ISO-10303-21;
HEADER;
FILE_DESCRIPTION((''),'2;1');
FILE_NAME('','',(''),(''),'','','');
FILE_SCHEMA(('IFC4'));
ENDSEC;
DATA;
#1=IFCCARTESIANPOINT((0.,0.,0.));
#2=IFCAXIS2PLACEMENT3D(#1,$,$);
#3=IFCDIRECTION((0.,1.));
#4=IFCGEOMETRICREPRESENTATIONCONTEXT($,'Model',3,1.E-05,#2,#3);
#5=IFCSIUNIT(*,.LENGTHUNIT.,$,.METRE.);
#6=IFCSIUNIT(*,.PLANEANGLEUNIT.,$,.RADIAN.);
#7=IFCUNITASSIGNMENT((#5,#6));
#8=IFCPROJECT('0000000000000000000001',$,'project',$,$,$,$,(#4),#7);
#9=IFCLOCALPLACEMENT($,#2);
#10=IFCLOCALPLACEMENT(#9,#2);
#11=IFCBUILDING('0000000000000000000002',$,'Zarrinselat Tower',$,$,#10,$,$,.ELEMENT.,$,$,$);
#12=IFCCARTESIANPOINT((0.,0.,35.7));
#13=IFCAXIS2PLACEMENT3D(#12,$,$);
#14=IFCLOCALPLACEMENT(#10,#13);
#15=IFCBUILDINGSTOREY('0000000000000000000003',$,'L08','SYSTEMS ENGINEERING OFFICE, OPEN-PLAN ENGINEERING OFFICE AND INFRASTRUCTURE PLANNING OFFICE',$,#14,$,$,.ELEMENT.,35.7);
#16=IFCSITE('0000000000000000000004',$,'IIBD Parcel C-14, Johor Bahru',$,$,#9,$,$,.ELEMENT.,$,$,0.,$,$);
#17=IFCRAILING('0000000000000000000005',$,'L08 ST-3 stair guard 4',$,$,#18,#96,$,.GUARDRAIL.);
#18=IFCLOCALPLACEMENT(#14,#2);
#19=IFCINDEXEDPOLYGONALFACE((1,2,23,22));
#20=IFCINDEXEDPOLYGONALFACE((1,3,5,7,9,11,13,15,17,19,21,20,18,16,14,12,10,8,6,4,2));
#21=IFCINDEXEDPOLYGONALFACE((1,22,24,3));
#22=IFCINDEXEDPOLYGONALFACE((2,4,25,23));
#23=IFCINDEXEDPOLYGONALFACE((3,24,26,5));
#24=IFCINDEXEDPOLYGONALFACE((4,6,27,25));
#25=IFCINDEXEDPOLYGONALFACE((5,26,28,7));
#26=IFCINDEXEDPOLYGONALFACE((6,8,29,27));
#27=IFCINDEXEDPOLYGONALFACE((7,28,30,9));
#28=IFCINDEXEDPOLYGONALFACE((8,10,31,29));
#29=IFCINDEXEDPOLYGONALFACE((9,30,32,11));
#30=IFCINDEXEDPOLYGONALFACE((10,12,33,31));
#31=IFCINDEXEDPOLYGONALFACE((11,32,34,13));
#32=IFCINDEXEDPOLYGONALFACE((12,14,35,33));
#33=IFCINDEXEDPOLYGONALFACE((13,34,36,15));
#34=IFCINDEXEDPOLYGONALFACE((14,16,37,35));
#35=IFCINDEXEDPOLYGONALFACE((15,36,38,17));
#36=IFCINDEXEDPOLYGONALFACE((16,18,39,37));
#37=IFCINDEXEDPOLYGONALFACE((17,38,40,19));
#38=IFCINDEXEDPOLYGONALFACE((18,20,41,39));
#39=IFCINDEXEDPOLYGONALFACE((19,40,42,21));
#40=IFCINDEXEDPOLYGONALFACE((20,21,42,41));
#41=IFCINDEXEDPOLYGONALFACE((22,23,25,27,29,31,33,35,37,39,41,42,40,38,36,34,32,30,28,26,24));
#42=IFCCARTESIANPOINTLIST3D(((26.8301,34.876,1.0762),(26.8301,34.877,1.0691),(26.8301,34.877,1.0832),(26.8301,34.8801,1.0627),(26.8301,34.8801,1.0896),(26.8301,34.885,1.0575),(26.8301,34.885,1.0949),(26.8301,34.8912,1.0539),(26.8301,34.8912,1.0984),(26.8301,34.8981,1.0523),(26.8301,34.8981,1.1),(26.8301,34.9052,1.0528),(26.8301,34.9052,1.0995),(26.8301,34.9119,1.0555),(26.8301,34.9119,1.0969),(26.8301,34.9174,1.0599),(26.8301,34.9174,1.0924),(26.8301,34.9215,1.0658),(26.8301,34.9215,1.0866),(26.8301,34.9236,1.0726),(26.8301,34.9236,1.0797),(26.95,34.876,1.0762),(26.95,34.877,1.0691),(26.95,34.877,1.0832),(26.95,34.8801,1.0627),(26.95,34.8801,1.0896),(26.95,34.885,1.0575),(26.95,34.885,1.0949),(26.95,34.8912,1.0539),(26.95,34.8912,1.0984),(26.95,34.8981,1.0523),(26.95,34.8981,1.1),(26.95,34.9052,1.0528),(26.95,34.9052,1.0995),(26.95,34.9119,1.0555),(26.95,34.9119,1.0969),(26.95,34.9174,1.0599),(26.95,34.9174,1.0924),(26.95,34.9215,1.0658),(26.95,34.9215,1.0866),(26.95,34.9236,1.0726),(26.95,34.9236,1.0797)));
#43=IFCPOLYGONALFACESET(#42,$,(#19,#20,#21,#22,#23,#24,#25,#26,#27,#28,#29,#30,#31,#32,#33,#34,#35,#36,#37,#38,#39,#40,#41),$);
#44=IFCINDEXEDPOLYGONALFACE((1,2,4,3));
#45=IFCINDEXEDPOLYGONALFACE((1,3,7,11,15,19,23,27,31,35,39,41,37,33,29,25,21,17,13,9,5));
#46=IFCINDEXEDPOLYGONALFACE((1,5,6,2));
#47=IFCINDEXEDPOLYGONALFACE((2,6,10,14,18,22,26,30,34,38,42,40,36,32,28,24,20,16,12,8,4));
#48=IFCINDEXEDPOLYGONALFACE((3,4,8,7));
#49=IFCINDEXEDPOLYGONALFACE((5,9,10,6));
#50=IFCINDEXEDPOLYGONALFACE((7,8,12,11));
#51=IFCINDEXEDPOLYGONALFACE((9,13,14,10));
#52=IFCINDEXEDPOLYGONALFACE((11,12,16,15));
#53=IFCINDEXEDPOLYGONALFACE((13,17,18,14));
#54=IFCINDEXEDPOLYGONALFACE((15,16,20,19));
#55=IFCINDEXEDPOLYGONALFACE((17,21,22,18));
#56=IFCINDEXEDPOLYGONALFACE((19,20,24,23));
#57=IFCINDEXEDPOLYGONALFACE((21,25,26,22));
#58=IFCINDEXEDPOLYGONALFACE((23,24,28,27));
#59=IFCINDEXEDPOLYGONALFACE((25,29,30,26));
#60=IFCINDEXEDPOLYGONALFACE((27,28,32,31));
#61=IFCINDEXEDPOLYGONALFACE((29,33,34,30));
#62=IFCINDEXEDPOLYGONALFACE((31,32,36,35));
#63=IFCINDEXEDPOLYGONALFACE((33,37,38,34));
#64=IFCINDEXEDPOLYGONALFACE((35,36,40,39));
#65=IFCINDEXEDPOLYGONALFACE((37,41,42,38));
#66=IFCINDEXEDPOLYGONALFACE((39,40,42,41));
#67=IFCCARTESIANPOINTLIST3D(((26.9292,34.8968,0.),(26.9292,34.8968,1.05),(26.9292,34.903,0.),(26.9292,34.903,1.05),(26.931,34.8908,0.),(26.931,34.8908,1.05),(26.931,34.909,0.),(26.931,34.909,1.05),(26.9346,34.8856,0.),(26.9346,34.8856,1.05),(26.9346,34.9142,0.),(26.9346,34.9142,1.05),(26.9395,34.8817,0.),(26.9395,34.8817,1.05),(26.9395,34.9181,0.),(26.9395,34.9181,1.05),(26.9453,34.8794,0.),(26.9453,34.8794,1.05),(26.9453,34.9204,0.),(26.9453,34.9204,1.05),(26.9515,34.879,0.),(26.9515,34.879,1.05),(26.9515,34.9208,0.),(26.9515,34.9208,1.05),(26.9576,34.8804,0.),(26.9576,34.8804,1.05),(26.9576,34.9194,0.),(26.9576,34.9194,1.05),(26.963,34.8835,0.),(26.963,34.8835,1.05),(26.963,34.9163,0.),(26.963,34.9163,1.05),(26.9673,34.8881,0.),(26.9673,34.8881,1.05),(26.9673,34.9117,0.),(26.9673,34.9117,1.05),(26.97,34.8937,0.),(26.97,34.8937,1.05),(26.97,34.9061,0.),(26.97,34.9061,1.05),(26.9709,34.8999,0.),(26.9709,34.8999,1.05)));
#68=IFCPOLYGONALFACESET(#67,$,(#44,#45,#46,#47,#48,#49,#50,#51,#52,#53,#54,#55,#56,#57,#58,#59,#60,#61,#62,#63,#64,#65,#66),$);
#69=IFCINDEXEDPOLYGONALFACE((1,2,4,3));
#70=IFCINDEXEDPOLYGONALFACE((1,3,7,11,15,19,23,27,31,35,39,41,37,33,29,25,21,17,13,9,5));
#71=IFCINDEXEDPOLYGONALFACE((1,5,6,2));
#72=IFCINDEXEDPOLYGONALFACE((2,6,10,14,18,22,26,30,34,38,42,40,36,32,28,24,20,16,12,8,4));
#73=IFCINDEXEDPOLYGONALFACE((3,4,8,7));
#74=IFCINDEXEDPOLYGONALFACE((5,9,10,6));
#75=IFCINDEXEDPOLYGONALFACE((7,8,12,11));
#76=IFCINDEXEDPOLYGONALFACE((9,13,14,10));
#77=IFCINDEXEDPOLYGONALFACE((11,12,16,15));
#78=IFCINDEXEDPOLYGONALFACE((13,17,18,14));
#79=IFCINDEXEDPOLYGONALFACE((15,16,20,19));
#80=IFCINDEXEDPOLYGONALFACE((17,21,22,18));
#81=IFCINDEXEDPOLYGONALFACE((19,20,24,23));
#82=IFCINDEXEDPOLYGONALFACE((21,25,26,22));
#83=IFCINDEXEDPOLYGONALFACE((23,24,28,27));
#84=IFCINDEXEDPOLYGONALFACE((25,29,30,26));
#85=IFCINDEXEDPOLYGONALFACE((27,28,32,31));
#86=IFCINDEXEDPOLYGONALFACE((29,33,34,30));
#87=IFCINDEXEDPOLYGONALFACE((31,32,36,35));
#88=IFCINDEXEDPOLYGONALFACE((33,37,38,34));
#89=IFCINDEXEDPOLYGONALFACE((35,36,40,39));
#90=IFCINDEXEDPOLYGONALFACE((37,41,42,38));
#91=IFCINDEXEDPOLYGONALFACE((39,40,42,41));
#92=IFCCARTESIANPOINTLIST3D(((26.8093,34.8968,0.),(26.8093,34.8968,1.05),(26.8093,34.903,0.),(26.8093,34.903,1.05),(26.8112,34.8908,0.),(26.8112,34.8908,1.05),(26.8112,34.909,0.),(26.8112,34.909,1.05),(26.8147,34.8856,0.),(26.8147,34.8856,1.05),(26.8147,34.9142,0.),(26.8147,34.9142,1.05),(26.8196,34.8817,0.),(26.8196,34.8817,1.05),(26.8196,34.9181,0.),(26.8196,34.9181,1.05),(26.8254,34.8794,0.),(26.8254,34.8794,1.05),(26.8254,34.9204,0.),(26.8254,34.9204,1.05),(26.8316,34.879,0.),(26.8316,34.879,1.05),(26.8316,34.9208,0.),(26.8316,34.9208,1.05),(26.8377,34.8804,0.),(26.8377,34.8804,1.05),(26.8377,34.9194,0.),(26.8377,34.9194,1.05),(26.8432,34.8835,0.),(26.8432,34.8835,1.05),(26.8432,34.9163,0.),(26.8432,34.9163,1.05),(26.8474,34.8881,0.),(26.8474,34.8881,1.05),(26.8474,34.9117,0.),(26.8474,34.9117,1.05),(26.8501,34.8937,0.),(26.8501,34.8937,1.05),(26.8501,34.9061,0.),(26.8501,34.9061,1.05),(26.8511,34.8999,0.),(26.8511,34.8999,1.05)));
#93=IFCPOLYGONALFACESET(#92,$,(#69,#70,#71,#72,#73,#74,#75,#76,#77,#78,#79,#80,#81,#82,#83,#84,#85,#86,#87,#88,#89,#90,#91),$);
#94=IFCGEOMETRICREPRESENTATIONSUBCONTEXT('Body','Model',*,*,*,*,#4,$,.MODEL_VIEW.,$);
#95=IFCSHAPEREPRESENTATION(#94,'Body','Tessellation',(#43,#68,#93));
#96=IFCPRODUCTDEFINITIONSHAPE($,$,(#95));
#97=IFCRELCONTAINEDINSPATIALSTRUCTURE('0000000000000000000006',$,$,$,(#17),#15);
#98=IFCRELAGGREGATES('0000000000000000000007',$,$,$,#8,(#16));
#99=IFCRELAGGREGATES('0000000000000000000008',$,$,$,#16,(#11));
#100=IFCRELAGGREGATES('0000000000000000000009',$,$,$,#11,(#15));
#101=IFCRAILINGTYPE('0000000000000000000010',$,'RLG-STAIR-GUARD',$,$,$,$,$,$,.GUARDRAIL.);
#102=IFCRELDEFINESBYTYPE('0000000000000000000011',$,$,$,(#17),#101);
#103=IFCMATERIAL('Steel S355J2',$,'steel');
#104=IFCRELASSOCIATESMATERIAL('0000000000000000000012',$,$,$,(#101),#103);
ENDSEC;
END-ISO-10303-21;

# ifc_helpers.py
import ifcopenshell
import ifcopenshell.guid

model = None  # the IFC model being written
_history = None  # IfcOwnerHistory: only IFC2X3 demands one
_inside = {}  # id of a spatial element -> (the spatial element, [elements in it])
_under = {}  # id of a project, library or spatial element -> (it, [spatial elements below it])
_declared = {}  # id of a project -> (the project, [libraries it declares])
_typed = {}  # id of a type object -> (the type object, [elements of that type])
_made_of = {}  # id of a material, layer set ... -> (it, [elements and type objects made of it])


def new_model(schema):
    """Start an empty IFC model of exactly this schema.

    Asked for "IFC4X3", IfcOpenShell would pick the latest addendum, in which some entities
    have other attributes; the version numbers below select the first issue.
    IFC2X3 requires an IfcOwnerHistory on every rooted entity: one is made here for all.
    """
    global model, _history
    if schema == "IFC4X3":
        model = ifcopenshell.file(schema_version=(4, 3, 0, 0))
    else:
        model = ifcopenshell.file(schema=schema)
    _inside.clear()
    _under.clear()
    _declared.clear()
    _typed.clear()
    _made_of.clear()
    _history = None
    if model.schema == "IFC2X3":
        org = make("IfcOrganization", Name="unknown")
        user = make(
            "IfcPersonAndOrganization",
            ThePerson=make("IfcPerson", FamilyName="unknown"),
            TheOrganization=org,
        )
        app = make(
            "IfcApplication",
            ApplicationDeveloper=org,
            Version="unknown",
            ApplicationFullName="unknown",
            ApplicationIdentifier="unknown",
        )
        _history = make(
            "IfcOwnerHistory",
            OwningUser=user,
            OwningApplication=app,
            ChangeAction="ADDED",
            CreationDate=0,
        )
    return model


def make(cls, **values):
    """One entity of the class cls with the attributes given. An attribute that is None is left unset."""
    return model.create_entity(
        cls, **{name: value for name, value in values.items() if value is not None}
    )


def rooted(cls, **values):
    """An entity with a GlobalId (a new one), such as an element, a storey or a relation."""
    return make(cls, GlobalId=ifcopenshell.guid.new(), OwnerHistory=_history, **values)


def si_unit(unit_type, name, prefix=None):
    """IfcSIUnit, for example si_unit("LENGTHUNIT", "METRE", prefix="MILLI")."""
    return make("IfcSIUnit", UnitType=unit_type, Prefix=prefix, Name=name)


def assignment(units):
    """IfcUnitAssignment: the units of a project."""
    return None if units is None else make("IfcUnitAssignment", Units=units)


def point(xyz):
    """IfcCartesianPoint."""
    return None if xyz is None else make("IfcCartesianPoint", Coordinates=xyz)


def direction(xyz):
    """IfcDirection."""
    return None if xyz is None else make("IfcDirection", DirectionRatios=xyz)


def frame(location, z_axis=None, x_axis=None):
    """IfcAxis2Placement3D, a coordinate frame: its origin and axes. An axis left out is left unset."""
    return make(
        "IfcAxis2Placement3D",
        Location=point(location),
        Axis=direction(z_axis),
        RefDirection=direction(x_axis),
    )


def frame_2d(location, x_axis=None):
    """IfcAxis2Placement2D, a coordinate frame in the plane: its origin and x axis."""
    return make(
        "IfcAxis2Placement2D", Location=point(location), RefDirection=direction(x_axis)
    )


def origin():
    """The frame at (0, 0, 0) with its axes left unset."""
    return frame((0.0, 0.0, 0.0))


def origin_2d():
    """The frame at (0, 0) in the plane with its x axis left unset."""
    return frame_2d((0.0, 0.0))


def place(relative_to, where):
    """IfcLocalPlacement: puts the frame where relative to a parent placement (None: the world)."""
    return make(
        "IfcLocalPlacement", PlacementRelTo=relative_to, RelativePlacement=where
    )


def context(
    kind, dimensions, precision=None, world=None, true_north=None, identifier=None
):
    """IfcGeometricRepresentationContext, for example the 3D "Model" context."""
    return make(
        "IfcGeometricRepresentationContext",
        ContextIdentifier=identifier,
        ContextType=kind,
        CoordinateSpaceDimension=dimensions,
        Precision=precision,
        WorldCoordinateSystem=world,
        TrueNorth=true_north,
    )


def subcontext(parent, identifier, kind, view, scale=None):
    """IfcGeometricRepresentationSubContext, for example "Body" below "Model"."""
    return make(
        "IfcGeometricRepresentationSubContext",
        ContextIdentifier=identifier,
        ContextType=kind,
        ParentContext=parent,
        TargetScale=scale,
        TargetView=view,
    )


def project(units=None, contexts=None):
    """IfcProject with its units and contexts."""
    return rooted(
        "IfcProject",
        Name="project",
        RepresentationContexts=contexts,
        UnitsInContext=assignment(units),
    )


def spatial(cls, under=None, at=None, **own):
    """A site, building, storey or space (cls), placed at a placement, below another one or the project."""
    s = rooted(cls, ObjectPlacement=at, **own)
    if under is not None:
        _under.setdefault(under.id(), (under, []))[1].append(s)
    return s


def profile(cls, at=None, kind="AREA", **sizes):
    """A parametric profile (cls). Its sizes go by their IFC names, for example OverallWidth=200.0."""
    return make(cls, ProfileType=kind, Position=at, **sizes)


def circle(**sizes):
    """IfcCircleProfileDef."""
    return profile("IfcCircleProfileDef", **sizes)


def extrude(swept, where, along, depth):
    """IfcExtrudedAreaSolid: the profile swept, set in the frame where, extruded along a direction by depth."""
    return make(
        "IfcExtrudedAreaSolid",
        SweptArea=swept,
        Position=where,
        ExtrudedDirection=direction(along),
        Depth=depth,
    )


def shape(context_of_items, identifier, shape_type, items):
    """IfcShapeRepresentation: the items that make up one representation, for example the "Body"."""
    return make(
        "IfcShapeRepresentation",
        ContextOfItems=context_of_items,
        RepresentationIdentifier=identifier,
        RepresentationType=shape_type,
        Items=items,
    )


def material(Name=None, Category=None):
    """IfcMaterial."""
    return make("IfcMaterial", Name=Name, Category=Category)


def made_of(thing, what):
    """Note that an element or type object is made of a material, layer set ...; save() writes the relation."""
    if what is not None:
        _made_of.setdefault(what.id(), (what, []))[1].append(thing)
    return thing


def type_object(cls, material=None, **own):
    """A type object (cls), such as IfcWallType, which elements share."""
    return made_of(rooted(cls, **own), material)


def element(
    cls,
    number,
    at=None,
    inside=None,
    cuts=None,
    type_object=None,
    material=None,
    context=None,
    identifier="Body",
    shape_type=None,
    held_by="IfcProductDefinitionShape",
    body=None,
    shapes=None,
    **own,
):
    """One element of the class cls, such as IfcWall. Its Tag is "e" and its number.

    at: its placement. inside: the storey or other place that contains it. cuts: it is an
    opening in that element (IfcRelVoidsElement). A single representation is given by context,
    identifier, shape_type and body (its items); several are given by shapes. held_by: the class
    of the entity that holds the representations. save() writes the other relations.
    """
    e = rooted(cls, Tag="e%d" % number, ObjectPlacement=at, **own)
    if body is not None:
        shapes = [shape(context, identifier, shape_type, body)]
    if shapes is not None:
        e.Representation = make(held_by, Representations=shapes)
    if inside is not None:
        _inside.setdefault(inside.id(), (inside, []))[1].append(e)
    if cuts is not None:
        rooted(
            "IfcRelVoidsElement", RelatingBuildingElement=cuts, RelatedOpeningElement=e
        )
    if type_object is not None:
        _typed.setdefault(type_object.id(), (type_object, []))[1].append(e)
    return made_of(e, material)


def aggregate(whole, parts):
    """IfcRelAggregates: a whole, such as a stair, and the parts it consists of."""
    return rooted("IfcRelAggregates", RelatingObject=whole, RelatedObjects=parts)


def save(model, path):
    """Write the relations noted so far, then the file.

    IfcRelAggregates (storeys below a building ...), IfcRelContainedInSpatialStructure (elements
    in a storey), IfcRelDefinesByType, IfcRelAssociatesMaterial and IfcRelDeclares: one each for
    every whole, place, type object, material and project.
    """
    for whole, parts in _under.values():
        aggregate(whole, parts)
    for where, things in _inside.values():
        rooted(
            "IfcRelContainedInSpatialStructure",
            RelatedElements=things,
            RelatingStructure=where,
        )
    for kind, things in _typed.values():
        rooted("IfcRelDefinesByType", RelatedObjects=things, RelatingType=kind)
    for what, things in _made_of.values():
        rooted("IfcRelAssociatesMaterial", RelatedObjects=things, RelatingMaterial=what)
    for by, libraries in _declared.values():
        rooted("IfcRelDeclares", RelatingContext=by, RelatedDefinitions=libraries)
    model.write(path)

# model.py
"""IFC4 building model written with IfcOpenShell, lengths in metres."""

from ifc_helpers import new_model, si_unit, direction, frame, origin, origin_2d, place, context, subcontext, project, spatial, circle, extrude, material, type_object, element, save


model = new_model("IFC4")

# Units and contexts
model_context = context("Model", 3, precision=1e-05, world=origin(), true_north=direction((0.0, 1.0)))
body_context = subcontext(model_context, "Body", "Model", "MODEL_VIEW")
ifc_project = project(units=[si_unit("LENGTHUNIT", "METRE"), si_unit("PLANEANGLEUNIT", "RADIAN")], contexts=[model_context])

# Site, building, storey
site_placement = place(None, origin())
site = spatial("IfcSite", under=ifc_project, at=site_placement, Name="IIBD Parcel C-14, Johor Bahru", CompositionType="ELEMENT", RefElevation=0.0)
building_placement = place(site_placement, origin())
building = spatial("IfcBuilding", under=site, at=building_placement, Name="Zarrinselat Tower", CompositionType="ELEMENT")
storey_placement = place(building_placement, frame((0.0, 0.0, 35.7)))
storey = spatial("IfcBuildingStorey", under=building, at=storey_placement, Name="L08", Description="SYSTEMS ENGINEERING OFFICE, OPEN-PLAN ENGINEERING OFFICE AND INFRASTRUCTURE PLANNING OFFICE", CompositionType="ELEMENT", Elevation=35.7)

# Railing
ifc_material_1 = material(Name="Steel S355J2", Category="steel")
railing_type_1 = type_object("IfcRailingType", Name="RLG-STAIR-GUARD", PredefinedType="GUARDRAIL", material=ifc_material_1)
railing_1_placement = place(storey_placement, frame((26.95, 34.8999, 0.0)))
element("IfcRailing", 1, at=railing_1_placement, inside=storey, type_object=railing_type_1, Name="L08 ST-3 stair guard 4", PredefinedType="GUARDRAIL", context=body_context, shape_type="SweptSolid", body=[
    extrude(circle(Radius=0.0239, at=origin_2d()), frame((0.0, 0.0, 1.0762), z_axis=(-1.0, 0.0, 0.0), x_axis=(0.0, -1.0, 0.0)), (0.0, 0.0, 1.0), 0.1199),
    extrude(circle(Radius=0.021, at=origin_2d()), origin(), (0.0, 0.0, 1.0), 1.05),
    extrude(circle(Radius=0.021, at=origin_2d()), frame((-0.1199, 0.0, 0.0)), (0.0, 0.0, 1.0), 1.05),
])

save(model, "model.ifc")
